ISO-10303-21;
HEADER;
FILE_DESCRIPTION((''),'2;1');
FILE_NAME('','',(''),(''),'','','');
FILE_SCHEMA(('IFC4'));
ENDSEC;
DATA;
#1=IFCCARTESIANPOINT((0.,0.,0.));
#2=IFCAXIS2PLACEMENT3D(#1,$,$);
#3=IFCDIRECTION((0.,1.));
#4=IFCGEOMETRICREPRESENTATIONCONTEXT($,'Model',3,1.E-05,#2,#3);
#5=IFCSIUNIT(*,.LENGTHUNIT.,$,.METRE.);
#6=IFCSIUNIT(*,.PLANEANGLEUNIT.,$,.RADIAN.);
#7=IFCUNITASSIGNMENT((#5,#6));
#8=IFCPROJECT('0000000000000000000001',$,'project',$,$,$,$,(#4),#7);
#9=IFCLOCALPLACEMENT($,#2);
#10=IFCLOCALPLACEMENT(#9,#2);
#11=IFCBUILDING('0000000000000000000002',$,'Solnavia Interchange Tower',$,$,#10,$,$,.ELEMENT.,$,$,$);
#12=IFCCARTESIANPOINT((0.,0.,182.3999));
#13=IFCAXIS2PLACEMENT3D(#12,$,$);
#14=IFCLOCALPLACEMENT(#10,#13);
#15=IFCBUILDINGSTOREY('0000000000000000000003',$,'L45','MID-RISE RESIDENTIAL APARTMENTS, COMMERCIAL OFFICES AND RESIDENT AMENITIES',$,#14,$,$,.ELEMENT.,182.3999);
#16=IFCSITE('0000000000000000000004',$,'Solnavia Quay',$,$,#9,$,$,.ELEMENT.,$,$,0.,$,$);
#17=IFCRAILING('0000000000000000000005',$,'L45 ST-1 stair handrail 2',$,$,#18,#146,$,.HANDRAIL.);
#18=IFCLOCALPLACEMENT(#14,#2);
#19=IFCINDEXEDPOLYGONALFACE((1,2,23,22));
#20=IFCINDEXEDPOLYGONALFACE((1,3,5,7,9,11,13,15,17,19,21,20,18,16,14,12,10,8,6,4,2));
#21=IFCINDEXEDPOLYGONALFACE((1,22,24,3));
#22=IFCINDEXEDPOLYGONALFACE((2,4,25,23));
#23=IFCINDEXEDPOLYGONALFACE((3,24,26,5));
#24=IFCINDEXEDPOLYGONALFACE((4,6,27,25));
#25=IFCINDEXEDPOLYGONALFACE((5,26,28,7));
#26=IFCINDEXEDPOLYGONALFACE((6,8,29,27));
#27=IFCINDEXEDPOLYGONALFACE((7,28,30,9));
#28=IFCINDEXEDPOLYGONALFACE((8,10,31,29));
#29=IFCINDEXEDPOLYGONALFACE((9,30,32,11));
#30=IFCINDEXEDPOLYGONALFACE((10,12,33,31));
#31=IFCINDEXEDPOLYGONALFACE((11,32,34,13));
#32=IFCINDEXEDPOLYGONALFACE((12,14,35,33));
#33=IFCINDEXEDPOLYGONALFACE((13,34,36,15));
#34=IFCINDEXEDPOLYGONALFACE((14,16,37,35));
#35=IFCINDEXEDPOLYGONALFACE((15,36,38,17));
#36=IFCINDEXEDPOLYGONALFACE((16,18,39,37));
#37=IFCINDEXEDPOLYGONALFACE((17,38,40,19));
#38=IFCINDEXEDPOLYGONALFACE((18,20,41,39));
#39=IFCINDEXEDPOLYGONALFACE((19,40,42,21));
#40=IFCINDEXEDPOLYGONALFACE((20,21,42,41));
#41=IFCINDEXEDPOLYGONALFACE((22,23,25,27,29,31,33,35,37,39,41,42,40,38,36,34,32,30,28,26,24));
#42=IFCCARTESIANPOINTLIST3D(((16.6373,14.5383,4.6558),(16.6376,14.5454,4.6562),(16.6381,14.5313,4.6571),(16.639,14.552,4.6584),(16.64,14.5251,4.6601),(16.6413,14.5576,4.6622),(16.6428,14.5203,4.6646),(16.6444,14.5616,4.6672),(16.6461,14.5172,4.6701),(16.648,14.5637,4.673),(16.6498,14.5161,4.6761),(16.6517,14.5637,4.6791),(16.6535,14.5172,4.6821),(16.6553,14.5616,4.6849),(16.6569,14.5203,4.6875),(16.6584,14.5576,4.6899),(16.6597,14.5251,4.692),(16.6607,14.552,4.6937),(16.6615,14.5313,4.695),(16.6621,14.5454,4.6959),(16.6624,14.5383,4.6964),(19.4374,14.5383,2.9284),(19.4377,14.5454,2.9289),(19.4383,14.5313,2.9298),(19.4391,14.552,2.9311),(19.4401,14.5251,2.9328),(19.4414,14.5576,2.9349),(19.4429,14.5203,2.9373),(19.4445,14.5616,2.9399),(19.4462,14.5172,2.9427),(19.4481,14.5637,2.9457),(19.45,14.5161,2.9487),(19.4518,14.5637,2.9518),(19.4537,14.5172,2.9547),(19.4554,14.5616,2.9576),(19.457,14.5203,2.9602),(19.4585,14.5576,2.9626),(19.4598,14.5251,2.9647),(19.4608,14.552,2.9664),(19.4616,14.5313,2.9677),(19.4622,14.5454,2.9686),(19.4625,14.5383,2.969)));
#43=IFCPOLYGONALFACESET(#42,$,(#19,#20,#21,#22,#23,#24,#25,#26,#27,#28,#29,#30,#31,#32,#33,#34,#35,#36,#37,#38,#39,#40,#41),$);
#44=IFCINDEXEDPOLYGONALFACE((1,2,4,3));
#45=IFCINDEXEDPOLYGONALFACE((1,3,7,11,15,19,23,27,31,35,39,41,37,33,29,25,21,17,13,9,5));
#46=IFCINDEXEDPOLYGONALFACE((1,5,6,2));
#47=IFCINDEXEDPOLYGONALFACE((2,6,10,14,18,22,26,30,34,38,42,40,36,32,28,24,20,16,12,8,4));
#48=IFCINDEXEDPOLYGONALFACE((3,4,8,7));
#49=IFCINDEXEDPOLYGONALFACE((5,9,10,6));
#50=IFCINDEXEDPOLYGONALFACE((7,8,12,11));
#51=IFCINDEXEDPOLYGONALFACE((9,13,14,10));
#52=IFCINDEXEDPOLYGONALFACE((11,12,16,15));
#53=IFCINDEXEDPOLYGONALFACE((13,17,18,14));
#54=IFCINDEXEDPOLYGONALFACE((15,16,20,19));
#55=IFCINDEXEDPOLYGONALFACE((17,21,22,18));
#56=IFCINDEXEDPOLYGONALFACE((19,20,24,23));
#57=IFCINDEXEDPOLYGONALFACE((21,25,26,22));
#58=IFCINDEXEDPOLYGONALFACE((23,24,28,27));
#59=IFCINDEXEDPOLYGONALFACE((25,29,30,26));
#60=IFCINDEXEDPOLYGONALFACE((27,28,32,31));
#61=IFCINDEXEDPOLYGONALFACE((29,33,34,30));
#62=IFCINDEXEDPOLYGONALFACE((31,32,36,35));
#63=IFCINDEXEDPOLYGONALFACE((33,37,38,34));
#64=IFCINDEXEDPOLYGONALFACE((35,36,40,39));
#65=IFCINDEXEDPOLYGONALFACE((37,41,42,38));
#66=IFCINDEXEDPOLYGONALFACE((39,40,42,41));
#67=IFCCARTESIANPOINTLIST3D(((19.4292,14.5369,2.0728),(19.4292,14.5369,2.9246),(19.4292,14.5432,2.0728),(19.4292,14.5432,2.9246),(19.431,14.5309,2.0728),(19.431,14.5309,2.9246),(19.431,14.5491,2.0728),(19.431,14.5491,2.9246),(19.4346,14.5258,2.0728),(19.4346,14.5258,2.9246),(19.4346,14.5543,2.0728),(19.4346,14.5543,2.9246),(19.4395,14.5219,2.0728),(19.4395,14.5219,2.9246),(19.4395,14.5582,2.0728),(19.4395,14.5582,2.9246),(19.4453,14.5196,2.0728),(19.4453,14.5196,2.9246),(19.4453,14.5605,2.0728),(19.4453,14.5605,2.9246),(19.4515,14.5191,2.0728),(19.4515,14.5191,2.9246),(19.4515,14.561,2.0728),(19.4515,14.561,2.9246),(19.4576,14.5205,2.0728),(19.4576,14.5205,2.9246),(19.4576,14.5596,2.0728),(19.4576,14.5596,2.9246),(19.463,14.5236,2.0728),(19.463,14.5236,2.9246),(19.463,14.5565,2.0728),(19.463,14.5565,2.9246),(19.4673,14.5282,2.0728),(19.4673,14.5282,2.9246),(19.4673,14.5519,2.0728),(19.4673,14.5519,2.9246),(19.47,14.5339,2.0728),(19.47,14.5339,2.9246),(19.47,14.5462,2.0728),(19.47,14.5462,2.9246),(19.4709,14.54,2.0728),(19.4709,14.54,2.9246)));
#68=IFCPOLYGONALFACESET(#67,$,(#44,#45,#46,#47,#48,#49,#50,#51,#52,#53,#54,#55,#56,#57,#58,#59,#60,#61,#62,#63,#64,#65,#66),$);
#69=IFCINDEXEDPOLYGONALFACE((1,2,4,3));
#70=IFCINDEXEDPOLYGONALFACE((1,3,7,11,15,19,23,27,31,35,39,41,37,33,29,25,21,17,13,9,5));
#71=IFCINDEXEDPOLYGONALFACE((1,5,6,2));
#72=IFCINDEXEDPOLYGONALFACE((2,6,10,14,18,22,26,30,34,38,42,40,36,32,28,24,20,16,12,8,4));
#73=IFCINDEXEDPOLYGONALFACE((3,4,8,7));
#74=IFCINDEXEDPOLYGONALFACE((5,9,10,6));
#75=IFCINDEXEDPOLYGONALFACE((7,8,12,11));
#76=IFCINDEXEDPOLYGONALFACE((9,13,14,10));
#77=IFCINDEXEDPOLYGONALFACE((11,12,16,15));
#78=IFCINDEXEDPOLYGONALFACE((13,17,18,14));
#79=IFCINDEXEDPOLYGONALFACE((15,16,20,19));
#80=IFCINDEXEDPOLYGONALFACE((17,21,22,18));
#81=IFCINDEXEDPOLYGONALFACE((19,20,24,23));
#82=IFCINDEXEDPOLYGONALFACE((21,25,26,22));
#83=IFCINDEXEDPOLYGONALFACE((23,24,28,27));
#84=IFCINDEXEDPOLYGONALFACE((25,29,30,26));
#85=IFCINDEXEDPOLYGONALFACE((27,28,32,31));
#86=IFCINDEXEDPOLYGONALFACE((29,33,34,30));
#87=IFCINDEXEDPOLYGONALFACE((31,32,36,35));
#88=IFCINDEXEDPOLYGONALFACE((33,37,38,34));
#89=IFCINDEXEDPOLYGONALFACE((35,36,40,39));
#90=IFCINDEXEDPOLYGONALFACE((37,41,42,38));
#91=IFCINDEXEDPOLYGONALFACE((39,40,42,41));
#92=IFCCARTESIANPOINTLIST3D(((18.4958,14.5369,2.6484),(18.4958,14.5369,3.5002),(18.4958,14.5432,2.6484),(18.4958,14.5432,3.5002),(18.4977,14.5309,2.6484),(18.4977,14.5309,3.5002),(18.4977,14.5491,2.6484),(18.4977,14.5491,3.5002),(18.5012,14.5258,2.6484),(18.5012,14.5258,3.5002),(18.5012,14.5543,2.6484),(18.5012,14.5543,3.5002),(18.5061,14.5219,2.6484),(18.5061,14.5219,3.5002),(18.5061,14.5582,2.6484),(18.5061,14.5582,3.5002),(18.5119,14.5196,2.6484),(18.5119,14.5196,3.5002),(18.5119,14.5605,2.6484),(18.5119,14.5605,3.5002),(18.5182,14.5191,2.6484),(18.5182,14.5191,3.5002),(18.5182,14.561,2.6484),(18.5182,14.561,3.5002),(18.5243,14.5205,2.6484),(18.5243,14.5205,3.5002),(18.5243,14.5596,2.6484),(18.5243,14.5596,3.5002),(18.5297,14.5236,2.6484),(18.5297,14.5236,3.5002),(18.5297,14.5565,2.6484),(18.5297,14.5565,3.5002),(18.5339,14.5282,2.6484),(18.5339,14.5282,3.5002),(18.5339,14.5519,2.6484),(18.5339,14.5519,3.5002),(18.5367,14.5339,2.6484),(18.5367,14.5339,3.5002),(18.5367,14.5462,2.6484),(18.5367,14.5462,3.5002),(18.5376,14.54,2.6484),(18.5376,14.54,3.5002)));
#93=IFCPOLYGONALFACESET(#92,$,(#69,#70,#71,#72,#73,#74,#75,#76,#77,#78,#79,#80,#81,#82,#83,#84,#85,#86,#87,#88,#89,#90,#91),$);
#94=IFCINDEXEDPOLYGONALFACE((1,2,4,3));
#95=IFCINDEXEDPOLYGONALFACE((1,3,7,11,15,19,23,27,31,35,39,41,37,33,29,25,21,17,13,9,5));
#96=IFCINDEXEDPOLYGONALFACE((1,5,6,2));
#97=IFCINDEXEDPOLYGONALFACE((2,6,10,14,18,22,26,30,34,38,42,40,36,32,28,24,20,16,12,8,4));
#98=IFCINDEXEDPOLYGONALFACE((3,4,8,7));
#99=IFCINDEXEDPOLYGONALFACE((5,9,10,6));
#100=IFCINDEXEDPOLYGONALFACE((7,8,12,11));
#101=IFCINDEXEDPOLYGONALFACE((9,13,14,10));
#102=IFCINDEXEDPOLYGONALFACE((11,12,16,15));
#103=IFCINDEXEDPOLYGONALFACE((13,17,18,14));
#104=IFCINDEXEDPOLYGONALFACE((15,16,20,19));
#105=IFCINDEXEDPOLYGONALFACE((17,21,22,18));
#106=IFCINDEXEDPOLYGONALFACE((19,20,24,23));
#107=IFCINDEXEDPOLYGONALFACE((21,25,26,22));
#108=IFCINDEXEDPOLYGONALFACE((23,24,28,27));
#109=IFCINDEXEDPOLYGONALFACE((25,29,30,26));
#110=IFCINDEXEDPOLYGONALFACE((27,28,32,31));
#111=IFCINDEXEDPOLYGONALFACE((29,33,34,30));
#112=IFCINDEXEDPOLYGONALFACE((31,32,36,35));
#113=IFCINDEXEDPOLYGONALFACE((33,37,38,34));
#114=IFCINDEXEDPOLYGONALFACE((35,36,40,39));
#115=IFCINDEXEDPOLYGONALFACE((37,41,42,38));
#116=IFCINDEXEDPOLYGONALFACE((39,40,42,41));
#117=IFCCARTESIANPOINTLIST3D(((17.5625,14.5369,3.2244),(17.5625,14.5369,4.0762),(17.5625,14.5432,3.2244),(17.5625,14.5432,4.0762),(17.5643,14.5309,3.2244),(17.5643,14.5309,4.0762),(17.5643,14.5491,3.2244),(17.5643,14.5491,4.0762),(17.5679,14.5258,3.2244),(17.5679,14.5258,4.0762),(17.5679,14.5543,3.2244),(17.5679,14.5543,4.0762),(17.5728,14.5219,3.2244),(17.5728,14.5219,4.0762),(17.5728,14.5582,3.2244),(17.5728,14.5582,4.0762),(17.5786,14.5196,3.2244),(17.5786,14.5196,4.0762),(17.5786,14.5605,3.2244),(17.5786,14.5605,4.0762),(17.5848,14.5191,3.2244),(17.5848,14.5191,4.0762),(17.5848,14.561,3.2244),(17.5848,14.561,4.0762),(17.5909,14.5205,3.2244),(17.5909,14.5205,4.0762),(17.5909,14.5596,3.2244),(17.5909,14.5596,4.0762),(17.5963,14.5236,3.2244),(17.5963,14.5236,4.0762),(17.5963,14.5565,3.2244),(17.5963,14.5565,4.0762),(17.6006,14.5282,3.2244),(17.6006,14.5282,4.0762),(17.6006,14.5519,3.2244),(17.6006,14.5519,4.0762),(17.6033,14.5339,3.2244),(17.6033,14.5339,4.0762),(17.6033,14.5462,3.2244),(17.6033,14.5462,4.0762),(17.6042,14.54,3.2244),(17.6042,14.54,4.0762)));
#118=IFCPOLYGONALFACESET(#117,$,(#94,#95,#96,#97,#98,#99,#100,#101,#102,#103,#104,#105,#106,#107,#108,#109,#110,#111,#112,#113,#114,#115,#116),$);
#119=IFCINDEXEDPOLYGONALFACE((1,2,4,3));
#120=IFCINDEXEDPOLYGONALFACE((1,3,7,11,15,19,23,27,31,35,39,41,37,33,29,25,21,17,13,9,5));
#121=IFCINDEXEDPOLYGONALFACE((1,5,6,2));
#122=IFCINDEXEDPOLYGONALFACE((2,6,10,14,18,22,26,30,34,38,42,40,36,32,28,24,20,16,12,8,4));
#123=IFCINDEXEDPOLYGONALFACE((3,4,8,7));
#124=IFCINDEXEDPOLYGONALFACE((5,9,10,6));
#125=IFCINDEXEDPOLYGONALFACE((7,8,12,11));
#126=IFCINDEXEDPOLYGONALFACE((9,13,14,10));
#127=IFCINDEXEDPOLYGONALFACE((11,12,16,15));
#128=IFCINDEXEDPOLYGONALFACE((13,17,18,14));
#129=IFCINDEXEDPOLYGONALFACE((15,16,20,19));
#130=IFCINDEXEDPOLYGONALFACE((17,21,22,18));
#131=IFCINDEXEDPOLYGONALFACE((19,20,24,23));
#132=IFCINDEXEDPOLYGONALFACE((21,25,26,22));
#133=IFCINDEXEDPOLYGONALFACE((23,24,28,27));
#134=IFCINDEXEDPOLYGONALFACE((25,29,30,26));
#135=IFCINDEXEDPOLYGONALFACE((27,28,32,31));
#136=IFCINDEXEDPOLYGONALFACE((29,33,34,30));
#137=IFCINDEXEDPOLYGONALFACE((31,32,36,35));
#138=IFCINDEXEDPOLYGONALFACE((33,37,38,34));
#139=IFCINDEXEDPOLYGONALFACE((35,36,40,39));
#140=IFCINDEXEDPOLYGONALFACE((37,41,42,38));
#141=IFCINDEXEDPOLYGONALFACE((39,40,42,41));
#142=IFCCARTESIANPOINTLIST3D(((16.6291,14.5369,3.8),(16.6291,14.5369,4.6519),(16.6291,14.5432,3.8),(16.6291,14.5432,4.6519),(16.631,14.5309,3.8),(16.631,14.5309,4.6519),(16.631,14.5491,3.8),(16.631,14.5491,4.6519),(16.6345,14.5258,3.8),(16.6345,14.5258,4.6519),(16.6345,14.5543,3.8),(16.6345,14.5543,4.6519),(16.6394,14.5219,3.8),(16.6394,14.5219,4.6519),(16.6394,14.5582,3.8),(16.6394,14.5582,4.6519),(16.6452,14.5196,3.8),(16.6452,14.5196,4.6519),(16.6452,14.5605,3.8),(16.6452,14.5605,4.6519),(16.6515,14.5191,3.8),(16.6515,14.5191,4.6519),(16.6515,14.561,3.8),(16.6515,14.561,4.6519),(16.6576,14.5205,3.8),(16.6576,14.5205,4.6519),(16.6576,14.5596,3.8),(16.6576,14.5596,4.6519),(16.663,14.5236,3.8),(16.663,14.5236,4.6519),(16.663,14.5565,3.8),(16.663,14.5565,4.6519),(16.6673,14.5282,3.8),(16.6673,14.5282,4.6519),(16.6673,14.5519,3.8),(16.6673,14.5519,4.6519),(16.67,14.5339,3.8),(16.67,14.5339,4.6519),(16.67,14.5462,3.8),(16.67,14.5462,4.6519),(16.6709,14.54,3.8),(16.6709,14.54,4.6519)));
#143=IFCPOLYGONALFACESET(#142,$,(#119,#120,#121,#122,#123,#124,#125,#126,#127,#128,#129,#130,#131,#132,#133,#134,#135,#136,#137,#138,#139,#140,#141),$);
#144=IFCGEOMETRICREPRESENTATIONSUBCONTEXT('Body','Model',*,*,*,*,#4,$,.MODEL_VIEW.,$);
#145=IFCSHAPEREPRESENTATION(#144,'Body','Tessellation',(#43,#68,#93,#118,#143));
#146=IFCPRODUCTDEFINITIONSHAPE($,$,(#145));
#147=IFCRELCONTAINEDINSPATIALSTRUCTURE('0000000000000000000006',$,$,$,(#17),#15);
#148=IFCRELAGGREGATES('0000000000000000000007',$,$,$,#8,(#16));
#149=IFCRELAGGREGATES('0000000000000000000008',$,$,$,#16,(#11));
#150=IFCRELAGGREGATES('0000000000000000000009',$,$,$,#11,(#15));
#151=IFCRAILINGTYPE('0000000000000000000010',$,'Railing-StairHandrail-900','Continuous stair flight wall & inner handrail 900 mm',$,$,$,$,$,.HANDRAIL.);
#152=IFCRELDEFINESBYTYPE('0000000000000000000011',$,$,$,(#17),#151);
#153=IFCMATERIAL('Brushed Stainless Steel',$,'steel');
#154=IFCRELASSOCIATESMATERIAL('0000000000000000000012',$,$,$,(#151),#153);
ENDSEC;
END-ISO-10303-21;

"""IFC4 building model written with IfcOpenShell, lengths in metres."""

from ifc_helpers import new_model, si_unit, direction, frame, origin, origin_2d, place, context, subcontext, project, spatial, circle, extrude, material, type_object, element, save


model = new_model("IFC4")

# Units and contexts
model_context = context("Model", 3, precision=1e-05, world=origin(), true_north=direction((0.0, 1.0)))
body_context = subcontext(model_context, "Body", "Model", "MODEL_VIEW")
ifc_project = project(units=[si_unit("LENGTHUNIT", "METRE"), si_unit("PLANEANGLEUNIT", "RADIAN")], contexts=[model_context])

# Site, building, storey
site_placement = place(None, origin())
site = spatial("IfcSite", under=ifc_project, at=site_placement, Name="Solnavia Quay", CompositionType="ELEMENT", RefElevation=0.0)
building_placement = place(site_placement, origin())
building = spatial("IfcBuilding", under=site, at=building_placement, Name="Solnavia Interchange Tower", CompositionType="ELEMENT")
storey_placement = place(building_placement, frame((0.0, 0.0, 182.3999)))
storey = spatial("IfcBuildingStorey", under=building, at=storey_placement, Name="L45", Description="MID-RISE RESIDENTIAL APARTMENTS, COMMERCIAL OFFICES AND RESIDENT AMENITIES", CompositionType="ELEMENT", Elevation=182.3999)

# Railing
ifc_material_1 = material(Name="Brushed Stainless Steel", Category="steel")
railing_type_1 = type_object("IfcRailingType", Name="Railing-StairHandrail-900", Description="Continuous stair flight wall & inner handrail 900 mm", PredefinedType="HANDRAIL", material=ifc_material_1)
railing_1_placement = place(storey_placement, frame((19.45, 14.54, 2.0728)))
element("IfcRailing", 1, at=railing_1_placement, inside=storey, type_object=railing_type_1, Name="L45 ST-1 stair handrail 2", PredefinedType="HANDRAIL", context=body_context, shape_type="SweptSolid", body=[
    extrude(circle(Radius=0.0239, at=origin_2d()), frame((0.0, 0.0, 0.876), z_axis=(-0.85109, 0.0, 0.52502), x_axis=(0.0, -1.0, 0.0)), (0.0, 0.0, 1.0), 3.29),
    extrude(circle(Radius=0.021, at=origin_2d()), origin(), (0.0, 0.0, 1.0), 0.8518),
    extrude(circle(Radius=0.021, at=origin_2d()), frame((-0.9333, 0.0, 0.5757)), (0.0, 0.0, 1.0), 0.8518),
    extrude(circle(Radius=0.021, at=origin_2d()), frame((-1.8667, 0.0, 1.1516)), (0.0, 0.0, 1.0), 0.8518),
    extrude(circle(Radius=0.021, at=origin_2d()), frame((-2.8, 0.0, 1.7273)), (0.0, 0.0, 1.0), 0.8518),
])

save(model, "model.ifc")
